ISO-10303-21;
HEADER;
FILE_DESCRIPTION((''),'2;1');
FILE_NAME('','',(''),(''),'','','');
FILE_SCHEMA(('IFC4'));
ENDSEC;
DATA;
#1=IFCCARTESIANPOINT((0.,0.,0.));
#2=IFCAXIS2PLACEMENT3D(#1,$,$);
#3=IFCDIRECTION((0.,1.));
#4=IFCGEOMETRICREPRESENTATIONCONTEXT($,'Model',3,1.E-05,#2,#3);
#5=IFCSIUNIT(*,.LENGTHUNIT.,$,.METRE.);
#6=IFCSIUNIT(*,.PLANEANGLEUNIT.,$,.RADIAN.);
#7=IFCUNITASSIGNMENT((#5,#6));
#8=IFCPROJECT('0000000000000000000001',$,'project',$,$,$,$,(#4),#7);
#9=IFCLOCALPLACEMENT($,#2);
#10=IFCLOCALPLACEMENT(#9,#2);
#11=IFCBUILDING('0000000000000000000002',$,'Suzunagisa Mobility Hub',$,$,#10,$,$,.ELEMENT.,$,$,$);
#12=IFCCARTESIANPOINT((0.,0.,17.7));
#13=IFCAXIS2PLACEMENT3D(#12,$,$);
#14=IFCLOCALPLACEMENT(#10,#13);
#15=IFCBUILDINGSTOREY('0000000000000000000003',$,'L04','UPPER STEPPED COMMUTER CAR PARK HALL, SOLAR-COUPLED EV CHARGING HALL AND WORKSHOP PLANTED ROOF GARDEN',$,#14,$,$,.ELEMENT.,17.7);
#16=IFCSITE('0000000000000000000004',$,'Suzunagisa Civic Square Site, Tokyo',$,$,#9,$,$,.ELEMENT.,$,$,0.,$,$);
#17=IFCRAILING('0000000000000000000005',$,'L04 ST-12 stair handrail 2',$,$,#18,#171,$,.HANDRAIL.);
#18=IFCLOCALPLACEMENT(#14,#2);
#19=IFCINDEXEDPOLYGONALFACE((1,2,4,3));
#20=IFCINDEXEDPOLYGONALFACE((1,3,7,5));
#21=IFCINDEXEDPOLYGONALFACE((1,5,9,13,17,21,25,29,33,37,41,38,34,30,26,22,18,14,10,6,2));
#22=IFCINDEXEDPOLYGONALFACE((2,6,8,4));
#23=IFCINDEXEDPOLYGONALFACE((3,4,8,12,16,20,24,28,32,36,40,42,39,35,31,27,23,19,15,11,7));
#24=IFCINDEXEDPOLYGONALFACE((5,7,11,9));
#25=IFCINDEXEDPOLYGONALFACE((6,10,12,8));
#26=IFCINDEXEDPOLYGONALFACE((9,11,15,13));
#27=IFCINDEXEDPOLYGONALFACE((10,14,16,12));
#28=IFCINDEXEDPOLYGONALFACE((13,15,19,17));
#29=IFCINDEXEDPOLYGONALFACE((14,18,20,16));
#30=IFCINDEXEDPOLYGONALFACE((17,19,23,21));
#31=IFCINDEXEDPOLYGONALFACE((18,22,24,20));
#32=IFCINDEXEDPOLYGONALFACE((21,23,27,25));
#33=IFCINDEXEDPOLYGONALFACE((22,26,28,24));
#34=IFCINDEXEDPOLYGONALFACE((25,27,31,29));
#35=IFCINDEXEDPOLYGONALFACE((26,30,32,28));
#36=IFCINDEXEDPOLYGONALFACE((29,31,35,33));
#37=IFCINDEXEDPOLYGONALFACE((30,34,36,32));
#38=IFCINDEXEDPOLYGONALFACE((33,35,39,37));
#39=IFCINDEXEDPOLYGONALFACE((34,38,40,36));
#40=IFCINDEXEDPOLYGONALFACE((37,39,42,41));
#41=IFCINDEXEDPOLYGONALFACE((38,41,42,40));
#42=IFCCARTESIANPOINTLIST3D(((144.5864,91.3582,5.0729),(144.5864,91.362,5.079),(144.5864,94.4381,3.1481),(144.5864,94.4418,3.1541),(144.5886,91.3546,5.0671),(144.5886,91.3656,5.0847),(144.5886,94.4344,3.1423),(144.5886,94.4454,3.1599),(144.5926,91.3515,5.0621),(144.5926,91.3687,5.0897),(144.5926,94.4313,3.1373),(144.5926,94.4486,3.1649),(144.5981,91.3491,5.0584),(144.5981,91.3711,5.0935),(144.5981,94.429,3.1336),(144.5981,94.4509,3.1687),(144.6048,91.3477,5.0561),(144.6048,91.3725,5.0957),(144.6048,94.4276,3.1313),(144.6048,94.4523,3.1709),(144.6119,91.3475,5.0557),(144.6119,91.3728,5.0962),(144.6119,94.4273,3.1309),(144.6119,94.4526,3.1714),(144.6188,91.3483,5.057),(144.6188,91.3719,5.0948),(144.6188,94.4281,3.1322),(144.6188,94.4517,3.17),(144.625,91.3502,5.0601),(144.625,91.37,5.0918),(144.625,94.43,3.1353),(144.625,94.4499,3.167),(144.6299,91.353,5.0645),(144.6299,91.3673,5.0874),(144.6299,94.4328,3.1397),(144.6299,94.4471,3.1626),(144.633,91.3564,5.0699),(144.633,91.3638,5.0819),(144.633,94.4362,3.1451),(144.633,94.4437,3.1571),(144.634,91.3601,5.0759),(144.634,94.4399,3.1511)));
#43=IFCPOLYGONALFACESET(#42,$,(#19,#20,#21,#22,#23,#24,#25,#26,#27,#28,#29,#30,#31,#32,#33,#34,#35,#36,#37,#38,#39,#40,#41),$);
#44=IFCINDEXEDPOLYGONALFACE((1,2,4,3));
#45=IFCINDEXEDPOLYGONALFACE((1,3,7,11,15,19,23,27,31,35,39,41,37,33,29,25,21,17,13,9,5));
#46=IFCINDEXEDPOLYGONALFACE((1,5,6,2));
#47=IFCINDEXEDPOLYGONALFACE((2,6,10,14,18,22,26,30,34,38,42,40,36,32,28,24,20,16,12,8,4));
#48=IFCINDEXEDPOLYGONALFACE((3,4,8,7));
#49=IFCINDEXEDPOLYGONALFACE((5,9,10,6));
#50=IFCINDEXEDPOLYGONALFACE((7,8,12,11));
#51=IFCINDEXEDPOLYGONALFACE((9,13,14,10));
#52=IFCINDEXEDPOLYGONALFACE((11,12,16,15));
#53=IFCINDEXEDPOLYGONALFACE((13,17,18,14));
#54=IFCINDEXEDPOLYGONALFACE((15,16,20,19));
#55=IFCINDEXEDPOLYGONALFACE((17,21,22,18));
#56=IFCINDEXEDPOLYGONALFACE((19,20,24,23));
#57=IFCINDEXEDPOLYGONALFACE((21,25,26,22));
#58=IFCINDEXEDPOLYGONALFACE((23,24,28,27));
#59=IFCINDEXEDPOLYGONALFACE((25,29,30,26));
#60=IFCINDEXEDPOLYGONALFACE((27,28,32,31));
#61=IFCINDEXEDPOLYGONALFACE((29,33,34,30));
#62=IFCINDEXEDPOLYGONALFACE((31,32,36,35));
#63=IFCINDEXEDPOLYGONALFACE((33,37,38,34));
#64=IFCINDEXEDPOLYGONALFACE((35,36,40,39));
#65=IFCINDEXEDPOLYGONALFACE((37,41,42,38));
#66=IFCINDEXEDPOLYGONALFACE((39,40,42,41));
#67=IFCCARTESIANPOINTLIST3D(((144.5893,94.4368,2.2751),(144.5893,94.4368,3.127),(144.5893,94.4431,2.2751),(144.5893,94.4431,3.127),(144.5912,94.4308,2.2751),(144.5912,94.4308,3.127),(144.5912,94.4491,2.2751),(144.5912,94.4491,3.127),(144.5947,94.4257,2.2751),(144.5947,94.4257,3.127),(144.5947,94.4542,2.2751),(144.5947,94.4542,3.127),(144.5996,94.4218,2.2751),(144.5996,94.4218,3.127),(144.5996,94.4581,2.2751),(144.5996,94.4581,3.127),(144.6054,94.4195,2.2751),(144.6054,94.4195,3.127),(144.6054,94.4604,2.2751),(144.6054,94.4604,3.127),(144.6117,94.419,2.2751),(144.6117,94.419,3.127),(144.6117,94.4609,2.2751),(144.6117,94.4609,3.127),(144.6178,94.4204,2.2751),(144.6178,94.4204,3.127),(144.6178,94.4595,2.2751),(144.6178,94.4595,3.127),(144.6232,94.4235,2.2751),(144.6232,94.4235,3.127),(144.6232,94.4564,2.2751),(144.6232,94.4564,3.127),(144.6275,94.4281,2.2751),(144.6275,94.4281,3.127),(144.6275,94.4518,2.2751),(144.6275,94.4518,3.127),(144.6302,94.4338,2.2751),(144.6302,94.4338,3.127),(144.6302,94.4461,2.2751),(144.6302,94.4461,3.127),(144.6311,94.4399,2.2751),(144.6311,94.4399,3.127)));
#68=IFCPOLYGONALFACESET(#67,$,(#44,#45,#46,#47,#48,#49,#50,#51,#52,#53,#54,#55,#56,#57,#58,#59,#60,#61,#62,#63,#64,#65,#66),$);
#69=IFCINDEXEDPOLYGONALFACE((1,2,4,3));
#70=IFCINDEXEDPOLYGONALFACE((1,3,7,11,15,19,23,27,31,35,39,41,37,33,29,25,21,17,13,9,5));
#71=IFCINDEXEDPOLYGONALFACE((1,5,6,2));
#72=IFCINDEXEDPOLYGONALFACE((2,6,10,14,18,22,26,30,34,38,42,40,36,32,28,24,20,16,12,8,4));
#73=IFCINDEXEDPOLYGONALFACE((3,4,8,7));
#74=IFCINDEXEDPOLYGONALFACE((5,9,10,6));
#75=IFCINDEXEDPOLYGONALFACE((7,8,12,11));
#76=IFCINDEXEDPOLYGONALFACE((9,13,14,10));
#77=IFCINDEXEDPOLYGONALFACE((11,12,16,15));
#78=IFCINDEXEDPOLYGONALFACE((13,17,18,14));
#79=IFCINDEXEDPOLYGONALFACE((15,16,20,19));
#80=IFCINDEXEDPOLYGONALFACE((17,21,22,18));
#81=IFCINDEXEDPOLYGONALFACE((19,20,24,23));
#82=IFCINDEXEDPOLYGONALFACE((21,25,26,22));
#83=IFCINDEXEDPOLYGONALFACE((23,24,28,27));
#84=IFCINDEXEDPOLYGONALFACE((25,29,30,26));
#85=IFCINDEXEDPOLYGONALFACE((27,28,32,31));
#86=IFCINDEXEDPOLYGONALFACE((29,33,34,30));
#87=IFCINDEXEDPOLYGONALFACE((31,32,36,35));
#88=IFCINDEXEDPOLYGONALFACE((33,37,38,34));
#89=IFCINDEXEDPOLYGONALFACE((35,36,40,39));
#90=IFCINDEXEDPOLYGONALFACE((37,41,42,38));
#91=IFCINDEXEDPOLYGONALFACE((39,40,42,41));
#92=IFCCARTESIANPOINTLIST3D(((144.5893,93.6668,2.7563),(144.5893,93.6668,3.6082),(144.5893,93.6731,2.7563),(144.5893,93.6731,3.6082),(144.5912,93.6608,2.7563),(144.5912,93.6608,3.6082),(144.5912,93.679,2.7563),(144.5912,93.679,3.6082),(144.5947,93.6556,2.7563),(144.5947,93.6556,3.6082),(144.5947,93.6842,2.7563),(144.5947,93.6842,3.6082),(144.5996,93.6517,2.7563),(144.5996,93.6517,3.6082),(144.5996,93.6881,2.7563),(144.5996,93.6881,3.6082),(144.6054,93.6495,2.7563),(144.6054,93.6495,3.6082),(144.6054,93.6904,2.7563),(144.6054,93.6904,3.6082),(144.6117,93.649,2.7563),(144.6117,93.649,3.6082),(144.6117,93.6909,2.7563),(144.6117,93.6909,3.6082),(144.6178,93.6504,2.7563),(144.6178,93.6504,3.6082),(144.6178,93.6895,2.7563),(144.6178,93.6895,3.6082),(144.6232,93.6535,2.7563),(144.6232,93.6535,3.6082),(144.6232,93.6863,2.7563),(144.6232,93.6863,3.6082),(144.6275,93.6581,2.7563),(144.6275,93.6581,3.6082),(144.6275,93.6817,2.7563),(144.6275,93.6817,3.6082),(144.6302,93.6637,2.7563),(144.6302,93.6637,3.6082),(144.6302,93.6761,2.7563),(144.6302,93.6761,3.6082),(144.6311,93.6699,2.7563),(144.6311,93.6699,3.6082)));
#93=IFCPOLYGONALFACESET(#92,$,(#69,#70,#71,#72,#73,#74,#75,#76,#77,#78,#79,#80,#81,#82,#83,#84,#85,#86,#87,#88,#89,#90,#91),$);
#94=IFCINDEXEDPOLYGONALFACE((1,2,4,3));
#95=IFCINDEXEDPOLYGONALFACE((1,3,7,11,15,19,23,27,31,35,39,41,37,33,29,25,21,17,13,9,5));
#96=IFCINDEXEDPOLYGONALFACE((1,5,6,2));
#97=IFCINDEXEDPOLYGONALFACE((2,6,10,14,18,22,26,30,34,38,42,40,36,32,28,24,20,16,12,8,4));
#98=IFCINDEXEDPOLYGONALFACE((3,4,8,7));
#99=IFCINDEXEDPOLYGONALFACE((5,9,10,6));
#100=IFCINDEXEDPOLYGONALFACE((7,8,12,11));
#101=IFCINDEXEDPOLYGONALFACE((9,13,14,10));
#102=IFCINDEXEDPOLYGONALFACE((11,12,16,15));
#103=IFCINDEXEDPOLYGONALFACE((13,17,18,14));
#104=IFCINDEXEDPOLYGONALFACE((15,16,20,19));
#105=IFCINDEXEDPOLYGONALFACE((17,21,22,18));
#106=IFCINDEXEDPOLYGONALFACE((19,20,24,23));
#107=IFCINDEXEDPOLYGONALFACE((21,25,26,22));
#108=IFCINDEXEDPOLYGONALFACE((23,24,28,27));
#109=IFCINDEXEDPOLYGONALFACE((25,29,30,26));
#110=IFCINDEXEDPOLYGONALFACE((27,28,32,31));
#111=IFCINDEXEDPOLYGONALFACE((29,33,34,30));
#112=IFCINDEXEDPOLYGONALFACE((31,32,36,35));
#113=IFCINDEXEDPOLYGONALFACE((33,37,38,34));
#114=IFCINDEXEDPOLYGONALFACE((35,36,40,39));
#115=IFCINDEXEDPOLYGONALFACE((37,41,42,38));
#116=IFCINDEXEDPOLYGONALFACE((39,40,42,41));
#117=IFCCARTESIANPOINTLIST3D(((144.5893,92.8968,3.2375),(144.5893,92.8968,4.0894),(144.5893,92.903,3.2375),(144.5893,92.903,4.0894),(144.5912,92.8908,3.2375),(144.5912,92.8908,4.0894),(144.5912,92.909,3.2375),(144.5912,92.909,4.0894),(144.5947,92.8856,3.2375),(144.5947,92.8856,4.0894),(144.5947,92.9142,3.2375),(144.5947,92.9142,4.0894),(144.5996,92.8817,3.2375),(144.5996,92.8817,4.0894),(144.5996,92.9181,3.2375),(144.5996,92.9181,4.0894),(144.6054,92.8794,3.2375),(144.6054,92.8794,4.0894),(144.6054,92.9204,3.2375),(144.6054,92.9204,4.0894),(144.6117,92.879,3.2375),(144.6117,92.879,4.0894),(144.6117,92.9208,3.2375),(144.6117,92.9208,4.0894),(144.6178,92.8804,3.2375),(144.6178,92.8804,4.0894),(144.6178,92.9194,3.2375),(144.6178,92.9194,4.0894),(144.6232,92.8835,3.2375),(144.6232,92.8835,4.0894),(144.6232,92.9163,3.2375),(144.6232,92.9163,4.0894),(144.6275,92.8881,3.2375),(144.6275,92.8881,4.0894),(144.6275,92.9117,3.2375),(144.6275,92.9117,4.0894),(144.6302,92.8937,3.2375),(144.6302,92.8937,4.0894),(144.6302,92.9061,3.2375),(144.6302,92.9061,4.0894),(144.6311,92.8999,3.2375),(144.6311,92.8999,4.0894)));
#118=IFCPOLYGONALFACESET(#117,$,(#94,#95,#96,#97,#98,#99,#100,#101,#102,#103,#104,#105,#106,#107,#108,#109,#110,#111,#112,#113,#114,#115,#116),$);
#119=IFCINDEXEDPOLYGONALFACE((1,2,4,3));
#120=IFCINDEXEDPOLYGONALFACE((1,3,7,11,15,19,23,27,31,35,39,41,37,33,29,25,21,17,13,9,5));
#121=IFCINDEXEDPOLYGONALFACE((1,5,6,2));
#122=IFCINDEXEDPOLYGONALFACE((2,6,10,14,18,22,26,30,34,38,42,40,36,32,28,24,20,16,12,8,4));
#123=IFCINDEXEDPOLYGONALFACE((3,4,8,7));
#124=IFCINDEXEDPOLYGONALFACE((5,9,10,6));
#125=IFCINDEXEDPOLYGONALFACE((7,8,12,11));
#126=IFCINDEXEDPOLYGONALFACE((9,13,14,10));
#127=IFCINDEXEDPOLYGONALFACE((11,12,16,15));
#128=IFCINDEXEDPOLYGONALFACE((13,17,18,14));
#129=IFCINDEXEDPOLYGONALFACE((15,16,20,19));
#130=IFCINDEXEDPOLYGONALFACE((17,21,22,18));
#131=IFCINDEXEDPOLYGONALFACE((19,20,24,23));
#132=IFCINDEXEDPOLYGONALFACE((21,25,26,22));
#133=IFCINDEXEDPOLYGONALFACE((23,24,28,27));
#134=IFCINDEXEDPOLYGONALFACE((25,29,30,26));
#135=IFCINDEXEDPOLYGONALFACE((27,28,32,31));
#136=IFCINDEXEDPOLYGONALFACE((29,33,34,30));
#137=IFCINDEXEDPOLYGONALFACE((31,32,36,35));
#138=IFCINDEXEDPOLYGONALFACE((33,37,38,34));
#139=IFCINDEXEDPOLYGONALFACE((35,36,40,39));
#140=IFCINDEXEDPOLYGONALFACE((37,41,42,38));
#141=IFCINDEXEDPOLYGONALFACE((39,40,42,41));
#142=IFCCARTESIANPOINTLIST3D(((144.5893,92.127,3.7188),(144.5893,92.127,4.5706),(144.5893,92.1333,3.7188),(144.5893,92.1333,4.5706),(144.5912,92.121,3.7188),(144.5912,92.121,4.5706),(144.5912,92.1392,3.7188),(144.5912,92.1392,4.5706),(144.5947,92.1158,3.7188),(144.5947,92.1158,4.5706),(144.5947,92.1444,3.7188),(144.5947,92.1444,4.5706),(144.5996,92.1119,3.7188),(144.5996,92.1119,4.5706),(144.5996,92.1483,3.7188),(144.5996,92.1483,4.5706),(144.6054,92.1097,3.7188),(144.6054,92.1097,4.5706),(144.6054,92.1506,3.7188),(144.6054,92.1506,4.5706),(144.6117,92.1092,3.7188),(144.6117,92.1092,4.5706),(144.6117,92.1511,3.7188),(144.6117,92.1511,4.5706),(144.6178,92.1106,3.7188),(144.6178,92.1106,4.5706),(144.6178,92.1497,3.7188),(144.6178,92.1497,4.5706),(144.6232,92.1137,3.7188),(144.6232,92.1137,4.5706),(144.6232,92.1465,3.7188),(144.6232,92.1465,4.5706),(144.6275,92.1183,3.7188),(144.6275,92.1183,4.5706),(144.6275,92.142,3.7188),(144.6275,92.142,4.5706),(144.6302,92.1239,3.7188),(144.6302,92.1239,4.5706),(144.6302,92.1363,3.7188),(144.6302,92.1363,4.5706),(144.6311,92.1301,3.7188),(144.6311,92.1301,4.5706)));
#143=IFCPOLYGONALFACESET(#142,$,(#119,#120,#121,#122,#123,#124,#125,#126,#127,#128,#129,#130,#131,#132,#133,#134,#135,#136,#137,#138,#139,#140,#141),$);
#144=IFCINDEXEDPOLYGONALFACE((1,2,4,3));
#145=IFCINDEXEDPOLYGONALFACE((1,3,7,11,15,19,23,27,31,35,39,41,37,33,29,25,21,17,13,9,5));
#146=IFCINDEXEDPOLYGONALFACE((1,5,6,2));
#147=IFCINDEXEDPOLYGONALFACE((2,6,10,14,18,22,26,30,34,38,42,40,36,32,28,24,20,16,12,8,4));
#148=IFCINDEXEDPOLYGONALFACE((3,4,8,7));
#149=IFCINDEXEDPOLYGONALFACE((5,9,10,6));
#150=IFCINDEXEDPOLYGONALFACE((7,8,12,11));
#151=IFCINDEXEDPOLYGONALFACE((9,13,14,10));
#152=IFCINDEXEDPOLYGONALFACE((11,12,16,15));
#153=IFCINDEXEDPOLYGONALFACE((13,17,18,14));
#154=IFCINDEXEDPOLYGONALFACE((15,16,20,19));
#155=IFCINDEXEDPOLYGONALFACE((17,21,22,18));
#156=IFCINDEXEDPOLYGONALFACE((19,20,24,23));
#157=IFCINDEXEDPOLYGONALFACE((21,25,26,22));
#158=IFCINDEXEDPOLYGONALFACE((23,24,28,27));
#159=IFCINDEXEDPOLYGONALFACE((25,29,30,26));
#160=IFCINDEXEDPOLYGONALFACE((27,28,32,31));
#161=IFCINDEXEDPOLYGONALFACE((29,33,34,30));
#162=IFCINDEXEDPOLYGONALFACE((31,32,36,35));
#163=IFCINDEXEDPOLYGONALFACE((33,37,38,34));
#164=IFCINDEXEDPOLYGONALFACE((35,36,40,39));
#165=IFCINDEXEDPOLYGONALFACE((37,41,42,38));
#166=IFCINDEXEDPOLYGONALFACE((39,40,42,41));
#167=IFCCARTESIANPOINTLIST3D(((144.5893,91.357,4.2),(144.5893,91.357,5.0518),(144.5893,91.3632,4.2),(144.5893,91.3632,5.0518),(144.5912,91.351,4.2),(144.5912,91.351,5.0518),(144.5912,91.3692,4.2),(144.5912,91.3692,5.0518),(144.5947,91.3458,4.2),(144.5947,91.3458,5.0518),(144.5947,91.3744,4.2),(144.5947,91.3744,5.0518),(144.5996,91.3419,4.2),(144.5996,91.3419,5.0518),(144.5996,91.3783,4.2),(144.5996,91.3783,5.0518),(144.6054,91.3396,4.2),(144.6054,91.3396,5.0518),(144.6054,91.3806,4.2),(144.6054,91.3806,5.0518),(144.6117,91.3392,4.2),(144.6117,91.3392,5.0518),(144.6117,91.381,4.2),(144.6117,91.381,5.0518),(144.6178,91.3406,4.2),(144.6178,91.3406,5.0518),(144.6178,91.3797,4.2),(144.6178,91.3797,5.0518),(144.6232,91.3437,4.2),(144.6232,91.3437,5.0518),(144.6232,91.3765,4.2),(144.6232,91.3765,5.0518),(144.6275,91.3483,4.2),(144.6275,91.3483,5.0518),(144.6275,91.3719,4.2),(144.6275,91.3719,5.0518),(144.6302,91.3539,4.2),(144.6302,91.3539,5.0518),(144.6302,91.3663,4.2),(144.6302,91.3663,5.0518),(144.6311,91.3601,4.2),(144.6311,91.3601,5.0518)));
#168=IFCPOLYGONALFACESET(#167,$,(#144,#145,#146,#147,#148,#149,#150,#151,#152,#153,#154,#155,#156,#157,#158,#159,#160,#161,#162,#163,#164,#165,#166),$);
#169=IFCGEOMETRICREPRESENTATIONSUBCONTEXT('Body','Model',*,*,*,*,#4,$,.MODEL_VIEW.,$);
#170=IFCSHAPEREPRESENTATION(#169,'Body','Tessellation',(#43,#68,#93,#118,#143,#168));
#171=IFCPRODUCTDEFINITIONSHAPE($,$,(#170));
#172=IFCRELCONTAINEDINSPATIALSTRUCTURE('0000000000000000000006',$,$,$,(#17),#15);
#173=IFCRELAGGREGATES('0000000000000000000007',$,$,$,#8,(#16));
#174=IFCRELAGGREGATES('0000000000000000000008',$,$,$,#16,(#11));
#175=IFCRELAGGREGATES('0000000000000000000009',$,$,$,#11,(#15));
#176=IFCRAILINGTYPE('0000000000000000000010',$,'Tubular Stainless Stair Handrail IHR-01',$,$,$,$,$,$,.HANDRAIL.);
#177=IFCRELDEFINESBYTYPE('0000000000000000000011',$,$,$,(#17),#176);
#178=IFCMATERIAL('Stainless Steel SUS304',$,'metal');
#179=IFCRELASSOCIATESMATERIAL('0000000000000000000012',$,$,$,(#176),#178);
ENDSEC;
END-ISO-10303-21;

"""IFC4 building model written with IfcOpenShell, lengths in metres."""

from ifc_helpers import new_model, si_unit, direction, frame, origin, origin_2d, place, context, subcontext, project, spatial, circle, extrude, material, type_object, element, save


model = new_model("IFC4")

# Units and contexts
model_context = context("Model", 3, precision=1e-05, world=origin(), true_north=direction((0.0, 1.0)))
body_context = subcontext(model_context, "Body", "Model", "MODEL_VIEW")
ifc_project = project(units=[si_unit("LENGTHUNIT", "METRE"), si_unit("PLANEANGLEUNIT", "RADIAN")], contexts=[model_context])

# Site, building, storey
site_placement = place(None, origin())
site = spatial("IfcSite", under=ifc_project, at=site_placement, Name="Suzunagisa Civic Square Site, Tokyo", CompositionType="ELEMENT", RefElevation=0.0)
building_placement = place(site_placement, origin())
building = spatial("IfcBuilding", under=site, at=building_placement, Name="Suzunagisa Mobility Hub", CompositionType="ELEMENT")
storey_placement = place(building_placement, frame((0.0, 0.0, 17.7)))
storey = spatial("IfcBuildingStorey", under=building, at=storey_placement, Name="L04", Description="UPPER STEPPED COMMUTER CAR PARK HALL, SOLAR-COUPLED EV CHARGING HALL AND WORKSHOP PLANTED ROOF GARDEN", CompositionType="ELEMENT", Elevation=17.7)

# Railing
ifc_material_1 = material(Name="Stainless Steel SUS304", Category="metal")
railing_type_1 = type_object("IfcRailingType", Name="Tubular Stainless Stair Handrail IHR-01", PredefinedType="HANDRAIL", material=ifc_material_1)
railing_1_placement = place(storey_placement, frame((144.6101, 94.4399, 2.2751)))
element("IfcRailing", 1, at=railing_1_placement, inside=storey, type_object=railing_type_1, Name="L04 ST-12 stair handrail 2", PredefinedType="HANDRAIL", context=body_context, shape_type="SweptSolid", body=[
    extrude(circle(Radius=0.0239, at=origin_2d()), frame((0.0, 0.0, 0.876), z_axis=(0.0, -0.84801, 0.529981), x_axis=(1.0, 0.0, 0.0)), (0.0, 0.0, 1.0), 3.6318),
    extrude(circle(Radius=0.021, at=origin_2d()), origin(), (0.0, 0.0, 1.0), 0.8518),
    extrude(circle(Radius=0.021, at=origin_2d()), frame((0.0, -0.77, 0.4812)), (0.0, 0.0, 1.0), 0.8518),
    extrude(circle(Radius=0.021, at=origin_2d()), frame((0.0, -1.54, 0.9624)), (0.0, 0.0, 1.0), 0.8518),
    extrude(circle(Radius=0.021, at=origin_2d()), frame((0.0, -2.3098, 1.4436)), (0.0, 0.0, 1.0), 0.8518),
    extrude(circle(Radius=0.021, at=origin_2d()), frame((0.0, -3.0798, 1.9248)), (0.0, 0.0, 1.0), 0.8518),
])

save(model, "model.ifc")
